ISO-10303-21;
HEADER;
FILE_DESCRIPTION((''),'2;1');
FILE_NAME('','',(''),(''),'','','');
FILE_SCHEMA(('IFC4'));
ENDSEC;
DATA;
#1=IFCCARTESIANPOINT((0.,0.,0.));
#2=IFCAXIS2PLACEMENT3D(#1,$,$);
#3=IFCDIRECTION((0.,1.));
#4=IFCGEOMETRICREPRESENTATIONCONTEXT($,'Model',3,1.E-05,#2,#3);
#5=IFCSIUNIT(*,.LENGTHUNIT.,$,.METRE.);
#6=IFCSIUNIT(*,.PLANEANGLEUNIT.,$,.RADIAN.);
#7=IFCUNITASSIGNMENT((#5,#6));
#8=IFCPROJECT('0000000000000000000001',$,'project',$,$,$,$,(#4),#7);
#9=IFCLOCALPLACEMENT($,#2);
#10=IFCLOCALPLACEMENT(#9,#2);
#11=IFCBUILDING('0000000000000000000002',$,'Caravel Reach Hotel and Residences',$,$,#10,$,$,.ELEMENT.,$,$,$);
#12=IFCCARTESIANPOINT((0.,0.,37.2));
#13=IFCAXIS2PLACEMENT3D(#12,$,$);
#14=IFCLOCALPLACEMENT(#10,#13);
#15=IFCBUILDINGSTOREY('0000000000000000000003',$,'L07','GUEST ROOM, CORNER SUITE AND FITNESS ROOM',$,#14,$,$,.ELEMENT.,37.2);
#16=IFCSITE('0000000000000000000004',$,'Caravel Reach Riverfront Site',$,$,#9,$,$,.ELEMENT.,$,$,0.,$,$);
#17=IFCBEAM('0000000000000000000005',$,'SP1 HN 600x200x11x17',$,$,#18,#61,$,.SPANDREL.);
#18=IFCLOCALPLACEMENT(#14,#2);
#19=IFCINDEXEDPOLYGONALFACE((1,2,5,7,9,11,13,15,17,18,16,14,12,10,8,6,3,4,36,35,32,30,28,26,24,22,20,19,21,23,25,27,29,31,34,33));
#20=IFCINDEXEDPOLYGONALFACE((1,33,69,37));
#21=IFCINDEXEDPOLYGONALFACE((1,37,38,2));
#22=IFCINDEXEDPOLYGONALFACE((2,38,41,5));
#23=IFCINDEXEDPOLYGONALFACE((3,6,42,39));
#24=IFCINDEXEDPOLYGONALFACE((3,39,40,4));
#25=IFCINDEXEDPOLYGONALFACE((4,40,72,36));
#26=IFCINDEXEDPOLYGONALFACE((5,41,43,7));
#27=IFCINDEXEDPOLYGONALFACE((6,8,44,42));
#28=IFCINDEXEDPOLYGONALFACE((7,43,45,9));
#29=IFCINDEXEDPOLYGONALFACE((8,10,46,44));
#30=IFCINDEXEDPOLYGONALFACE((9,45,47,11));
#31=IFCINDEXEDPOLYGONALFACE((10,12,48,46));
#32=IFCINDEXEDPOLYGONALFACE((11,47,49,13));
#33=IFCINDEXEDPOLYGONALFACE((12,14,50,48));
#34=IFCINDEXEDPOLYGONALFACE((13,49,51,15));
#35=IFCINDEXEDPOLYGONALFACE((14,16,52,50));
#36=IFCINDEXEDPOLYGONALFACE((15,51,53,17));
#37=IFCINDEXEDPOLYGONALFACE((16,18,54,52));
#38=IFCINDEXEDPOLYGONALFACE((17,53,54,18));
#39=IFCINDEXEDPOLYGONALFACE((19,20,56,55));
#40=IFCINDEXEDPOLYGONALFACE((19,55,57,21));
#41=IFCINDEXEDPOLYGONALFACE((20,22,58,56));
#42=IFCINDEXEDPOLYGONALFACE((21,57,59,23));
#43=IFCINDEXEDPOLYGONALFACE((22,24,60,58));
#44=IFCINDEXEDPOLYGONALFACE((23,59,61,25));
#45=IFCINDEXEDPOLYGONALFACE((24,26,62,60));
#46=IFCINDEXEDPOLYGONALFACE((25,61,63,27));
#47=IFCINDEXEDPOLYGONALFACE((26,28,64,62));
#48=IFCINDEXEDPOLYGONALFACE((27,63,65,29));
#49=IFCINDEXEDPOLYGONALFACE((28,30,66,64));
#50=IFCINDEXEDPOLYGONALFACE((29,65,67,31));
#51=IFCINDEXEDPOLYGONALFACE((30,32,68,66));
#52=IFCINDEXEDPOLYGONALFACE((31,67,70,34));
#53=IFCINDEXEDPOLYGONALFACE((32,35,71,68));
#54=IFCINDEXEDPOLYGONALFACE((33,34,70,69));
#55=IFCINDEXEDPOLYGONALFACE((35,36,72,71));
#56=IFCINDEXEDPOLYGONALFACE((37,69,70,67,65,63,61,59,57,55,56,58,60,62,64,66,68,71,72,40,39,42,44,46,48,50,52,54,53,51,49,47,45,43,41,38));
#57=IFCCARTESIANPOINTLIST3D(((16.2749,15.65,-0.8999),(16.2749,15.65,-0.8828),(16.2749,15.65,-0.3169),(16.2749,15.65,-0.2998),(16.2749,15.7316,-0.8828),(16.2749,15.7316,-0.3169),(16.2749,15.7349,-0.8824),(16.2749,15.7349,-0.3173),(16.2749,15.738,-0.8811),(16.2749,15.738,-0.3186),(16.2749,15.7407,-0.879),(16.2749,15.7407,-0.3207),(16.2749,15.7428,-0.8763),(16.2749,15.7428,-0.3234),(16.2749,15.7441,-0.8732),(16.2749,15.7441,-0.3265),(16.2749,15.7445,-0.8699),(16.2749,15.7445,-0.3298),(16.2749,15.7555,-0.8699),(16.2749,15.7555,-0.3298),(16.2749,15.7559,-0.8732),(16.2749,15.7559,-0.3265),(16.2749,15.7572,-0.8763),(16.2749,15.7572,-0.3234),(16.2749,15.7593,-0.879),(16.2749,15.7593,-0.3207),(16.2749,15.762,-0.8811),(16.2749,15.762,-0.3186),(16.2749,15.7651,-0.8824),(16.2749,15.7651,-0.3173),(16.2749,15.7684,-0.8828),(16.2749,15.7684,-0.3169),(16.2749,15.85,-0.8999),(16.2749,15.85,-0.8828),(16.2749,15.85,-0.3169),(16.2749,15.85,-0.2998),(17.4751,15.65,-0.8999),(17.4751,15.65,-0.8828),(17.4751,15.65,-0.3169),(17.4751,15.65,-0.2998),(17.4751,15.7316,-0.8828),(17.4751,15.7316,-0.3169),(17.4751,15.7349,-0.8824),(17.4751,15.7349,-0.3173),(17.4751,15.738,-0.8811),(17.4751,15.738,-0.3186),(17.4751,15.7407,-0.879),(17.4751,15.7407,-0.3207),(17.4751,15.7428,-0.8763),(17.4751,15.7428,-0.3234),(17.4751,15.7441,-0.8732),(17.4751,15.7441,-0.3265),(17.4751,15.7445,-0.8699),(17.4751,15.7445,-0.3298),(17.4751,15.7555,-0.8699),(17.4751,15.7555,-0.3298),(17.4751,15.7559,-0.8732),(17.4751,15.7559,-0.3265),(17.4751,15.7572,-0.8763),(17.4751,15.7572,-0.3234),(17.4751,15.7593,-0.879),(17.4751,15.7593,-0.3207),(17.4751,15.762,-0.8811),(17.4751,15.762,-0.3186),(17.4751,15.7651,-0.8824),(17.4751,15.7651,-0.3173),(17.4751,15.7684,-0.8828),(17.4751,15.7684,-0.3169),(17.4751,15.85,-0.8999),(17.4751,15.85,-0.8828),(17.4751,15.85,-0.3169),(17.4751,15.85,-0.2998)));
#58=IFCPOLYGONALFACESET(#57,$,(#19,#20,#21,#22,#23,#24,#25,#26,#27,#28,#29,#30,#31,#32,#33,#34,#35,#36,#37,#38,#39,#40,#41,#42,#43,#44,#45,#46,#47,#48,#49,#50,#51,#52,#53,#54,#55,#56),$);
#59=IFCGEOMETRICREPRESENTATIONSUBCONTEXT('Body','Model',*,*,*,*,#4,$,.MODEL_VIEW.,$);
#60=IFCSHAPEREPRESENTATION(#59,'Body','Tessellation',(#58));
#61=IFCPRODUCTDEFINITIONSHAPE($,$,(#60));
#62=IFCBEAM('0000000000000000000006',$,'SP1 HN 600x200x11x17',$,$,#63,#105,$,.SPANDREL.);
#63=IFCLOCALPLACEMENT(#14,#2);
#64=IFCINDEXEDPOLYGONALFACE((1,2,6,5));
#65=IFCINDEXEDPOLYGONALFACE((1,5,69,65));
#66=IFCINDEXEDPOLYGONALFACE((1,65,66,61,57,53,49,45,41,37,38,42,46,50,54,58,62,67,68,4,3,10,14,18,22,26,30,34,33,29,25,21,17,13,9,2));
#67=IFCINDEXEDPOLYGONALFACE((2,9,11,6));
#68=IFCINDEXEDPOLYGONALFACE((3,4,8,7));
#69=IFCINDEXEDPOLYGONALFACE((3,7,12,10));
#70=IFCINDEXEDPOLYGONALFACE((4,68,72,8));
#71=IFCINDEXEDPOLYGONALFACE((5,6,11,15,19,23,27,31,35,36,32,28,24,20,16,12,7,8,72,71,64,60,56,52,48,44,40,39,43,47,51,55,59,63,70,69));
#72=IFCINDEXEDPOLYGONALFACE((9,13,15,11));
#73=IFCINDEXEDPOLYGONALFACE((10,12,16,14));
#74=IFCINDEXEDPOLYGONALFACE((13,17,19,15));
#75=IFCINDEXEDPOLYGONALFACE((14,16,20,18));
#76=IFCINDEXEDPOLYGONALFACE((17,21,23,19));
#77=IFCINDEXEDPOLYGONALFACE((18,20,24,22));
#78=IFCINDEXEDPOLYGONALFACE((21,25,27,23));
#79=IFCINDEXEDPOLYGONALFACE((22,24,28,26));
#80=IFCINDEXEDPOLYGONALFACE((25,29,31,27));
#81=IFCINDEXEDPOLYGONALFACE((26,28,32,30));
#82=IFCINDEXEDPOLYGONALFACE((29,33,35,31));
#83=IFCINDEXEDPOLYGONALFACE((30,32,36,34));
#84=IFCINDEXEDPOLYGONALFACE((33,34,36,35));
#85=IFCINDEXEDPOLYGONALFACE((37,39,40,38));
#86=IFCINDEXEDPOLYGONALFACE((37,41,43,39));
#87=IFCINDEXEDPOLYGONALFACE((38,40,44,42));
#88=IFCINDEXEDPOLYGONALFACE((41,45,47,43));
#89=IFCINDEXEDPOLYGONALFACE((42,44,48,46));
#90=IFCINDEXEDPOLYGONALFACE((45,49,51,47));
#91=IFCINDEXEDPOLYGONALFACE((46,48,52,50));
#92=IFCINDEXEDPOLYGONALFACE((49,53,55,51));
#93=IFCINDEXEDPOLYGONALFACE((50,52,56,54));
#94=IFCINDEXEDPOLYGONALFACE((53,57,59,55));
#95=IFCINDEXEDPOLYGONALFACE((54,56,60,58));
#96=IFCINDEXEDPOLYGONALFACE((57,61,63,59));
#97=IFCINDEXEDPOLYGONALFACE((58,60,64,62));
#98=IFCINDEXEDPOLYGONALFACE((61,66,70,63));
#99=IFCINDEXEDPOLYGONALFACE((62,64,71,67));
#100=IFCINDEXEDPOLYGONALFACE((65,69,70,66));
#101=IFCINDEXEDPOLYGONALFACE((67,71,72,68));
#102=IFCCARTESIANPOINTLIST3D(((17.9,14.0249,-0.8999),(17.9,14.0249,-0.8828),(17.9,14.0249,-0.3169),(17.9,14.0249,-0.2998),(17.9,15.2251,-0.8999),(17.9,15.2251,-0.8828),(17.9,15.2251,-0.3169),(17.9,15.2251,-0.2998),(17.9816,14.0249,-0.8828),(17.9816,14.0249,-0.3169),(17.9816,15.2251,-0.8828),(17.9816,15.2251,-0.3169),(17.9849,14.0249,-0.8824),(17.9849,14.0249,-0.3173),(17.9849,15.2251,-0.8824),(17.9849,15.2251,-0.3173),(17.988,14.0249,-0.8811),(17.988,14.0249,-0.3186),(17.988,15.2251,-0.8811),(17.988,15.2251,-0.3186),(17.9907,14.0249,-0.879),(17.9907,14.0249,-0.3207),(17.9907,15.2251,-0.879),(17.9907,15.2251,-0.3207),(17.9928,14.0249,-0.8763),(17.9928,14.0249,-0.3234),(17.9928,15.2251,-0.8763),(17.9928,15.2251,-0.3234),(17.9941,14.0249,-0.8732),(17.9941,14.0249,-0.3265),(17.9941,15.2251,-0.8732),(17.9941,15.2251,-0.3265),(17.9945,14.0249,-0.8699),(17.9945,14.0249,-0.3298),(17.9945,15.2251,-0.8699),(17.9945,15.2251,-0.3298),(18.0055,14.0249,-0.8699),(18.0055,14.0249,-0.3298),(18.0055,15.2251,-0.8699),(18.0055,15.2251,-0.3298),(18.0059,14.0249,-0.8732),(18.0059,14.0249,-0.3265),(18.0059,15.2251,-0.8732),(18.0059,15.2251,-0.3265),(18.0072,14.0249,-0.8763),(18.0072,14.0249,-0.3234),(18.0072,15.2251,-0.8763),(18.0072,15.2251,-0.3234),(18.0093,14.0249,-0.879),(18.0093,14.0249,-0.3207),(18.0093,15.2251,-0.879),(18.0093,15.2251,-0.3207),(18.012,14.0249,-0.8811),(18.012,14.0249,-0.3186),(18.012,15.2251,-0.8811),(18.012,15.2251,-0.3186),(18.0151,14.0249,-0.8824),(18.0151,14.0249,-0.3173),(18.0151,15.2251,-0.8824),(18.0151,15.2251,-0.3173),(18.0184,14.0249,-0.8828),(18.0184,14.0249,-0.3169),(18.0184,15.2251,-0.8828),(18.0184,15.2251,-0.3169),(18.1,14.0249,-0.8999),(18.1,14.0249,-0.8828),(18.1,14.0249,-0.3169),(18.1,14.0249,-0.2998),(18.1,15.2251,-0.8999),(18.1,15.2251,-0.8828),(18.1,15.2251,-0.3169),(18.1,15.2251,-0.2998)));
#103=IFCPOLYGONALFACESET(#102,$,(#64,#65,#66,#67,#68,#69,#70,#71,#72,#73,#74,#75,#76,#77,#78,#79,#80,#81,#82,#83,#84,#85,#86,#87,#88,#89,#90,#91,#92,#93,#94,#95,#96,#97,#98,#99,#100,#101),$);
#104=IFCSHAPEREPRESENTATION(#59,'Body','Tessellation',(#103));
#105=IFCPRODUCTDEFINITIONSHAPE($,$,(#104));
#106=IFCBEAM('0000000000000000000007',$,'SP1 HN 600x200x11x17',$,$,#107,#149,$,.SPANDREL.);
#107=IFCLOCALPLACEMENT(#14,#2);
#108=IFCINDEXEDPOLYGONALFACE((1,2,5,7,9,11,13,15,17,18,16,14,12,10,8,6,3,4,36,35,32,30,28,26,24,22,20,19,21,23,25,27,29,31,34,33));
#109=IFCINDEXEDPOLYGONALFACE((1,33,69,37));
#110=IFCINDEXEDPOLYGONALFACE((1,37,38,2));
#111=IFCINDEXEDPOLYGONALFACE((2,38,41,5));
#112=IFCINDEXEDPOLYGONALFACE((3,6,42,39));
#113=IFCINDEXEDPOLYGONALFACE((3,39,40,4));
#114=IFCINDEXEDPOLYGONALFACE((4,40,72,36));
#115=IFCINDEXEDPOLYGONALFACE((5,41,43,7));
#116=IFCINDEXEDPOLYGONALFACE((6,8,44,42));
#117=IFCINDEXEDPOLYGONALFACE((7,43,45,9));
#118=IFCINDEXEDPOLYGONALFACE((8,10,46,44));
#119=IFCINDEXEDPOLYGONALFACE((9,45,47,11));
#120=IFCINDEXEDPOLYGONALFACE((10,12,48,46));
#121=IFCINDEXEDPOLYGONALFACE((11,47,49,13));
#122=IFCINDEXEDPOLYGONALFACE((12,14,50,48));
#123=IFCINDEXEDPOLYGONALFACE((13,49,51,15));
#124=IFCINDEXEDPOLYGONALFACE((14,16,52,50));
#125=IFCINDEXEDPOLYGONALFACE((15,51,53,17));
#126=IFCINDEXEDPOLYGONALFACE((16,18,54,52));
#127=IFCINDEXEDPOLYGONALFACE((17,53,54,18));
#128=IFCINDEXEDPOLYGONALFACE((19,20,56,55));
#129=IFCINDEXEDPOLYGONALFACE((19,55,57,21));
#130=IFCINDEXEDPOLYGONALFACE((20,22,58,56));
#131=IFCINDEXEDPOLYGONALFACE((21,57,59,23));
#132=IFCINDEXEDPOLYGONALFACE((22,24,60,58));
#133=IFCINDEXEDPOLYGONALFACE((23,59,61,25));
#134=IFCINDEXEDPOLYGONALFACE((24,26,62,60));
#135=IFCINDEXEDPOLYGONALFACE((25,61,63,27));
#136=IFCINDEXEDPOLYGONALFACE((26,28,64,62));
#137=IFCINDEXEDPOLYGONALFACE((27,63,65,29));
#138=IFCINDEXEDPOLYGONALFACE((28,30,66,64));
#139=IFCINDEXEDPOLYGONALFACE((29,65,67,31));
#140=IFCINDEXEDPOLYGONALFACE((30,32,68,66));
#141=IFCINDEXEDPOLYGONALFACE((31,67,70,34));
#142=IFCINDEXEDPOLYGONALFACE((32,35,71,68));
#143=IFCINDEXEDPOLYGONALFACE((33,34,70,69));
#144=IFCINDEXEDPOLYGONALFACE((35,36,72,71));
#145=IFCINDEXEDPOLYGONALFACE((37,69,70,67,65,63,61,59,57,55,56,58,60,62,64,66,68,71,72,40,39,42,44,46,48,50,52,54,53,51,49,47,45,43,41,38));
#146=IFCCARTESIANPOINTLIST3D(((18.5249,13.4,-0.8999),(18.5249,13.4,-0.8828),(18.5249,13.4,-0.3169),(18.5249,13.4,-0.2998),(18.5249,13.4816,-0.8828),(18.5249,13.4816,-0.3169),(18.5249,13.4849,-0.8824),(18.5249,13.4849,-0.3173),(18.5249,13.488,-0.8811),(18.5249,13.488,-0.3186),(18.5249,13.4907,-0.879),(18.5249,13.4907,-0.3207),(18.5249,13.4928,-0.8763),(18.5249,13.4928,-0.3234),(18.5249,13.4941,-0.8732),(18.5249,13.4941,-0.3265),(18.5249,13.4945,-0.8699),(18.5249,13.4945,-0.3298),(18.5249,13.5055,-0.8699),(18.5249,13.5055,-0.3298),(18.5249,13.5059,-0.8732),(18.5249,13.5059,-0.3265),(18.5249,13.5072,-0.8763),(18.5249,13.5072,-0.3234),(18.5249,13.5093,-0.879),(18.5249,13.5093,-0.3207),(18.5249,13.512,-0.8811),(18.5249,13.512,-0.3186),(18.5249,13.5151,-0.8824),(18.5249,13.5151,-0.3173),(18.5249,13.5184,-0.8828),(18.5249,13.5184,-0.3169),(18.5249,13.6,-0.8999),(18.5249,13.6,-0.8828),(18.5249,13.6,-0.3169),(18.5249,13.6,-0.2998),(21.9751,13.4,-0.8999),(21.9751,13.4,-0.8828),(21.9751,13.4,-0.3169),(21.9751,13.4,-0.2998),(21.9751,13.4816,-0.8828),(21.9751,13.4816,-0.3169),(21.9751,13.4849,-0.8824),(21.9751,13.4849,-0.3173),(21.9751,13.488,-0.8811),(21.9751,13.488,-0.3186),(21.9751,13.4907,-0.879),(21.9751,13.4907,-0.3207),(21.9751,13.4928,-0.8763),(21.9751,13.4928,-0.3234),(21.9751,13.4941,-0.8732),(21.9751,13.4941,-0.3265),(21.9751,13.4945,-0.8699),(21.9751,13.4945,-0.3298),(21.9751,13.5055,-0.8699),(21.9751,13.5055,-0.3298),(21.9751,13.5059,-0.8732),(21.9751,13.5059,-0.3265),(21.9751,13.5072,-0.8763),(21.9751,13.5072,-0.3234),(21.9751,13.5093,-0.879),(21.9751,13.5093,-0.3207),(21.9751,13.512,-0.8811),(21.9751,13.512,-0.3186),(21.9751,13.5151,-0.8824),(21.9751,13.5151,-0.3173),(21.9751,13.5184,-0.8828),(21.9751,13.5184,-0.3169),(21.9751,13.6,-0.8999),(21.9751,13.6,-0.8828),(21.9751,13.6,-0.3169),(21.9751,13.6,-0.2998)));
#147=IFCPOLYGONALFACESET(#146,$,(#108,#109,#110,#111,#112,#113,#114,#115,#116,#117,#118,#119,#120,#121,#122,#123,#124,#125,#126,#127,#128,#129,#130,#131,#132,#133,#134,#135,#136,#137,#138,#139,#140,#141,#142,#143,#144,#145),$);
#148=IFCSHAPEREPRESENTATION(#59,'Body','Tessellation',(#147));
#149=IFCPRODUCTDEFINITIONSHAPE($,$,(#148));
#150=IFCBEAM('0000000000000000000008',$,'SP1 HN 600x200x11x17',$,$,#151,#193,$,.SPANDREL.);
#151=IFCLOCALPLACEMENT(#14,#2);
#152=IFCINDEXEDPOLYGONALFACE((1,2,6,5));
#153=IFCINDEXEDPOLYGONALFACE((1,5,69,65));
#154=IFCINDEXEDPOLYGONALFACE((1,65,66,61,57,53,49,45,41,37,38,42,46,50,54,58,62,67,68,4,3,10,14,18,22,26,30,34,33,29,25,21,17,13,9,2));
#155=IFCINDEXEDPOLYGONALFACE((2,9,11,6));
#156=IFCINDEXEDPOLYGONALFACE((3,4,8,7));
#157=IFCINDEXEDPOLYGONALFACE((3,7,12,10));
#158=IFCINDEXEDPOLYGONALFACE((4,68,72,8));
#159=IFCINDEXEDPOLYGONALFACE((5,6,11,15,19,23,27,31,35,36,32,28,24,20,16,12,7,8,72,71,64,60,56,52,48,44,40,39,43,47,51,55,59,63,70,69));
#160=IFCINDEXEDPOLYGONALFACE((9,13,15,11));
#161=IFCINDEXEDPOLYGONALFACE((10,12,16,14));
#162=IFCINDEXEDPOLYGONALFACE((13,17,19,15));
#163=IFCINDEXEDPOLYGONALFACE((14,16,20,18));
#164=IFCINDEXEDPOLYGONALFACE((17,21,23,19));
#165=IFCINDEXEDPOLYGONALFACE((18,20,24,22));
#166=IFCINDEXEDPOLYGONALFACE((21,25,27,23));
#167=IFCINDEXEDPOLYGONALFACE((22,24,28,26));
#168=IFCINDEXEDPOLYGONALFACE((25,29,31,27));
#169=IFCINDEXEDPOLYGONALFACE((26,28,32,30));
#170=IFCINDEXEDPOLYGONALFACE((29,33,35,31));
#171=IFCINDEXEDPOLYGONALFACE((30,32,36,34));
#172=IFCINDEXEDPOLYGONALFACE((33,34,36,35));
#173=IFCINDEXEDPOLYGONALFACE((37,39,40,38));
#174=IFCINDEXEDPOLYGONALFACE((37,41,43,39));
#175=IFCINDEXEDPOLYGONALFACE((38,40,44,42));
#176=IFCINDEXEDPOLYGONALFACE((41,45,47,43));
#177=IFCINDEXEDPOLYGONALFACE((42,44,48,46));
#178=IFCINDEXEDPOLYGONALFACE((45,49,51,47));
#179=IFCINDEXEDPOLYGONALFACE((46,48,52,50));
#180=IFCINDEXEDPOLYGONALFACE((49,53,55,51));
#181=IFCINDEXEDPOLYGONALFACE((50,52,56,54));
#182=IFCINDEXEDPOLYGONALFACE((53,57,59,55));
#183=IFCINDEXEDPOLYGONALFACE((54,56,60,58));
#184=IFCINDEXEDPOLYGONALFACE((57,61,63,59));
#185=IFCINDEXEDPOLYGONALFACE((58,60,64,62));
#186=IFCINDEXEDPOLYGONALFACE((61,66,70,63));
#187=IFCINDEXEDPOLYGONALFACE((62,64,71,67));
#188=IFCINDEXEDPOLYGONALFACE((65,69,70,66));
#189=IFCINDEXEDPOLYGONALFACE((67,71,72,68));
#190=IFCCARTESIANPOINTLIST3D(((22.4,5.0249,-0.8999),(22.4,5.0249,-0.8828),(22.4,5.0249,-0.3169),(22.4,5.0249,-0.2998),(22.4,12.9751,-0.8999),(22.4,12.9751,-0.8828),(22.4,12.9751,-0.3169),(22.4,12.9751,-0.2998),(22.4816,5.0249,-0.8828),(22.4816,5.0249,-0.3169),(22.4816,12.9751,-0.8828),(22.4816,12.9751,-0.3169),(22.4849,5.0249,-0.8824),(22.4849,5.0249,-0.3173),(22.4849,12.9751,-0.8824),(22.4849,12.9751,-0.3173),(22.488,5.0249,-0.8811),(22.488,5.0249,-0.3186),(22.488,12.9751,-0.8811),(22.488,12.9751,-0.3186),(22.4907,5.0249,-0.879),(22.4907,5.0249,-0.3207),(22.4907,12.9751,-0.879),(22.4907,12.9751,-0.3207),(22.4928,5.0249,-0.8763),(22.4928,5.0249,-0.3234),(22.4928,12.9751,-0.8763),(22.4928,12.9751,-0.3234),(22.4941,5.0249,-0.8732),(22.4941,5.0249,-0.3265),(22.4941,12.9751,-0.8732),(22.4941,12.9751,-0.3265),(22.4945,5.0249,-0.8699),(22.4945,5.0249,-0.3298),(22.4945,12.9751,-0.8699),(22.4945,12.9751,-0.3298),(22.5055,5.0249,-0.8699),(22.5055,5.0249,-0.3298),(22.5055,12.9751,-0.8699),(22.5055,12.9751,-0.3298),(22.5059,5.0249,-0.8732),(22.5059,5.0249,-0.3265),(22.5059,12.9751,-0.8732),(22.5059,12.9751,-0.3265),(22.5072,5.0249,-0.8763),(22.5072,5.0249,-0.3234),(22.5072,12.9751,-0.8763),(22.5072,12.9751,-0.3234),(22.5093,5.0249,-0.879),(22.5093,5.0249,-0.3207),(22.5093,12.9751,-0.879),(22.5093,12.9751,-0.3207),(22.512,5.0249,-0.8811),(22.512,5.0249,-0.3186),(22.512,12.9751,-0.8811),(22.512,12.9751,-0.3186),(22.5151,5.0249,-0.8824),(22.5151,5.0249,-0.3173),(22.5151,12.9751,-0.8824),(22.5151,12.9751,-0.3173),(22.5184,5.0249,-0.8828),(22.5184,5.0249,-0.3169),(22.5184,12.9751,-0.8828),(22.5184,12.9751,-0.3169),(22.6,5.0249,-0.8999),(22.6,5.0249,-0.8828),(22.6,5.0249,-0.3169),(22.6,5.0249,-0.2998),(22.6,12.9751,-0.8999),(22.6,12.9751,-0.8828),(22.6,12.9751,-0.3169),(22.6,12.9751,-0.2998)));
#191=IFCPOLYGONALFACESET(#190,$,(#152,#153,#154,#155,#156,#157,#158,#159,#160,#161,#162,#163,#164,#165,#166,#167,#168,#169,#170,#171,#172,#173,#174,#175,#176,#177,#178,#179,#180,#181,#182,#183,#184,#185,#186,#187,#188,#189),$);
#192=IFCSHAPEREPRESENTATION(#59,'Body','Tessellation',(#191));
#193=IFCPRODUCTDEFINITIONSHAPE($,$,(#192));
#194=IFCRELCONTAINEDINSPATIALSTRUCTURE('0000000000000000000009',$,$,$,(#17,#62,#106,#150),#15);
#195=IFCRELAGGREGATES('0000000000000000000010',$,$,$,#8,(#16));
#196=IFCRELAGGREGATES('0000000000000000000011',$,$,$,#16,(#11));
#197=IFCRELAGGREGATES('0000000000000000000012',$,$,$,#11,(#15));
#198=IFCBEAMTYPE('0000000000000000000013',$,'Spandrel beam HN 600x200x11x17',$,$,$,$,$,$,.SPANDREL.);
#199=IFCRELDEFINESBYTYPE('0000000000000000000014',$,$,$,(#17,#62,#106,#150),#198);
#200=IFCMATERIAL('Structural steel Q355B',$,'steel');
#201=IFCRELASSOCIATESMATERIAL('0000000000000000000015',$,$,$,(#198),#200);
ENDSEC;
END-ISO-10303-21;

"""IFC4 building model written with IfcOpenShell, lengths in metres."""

from ifc_helpers import new_model, si_unit, direction, frame, origin, origin_2d, place, context, subcontext, project, spatial, i_section, extrude, material, material_profile, profile_set, type_object, element, save


model = new_model("IFC4")

# Units and contexts
model_context = context("Model", 3, precision=1e-05, world=origin(), true_north=direction((0.0, 1.0)))
body_context = subcontext(model_context, "Body", "Model", "MODEL_VIEW")
ifc_project = project(units=[si_unit("LENGTHUNIT", "METRE"), si_unit("PLANEANGLEUNIT", "RADIAN")], contexts=[model_context])

# Site, building, storey
site_placement = place(None, origin())
site = spatial("IfcSite", under=ifc_project, at=site_placement, Name="Caravel Reach Riverfront Site", CompositionType="ELEMENT", RefElevation=0.0)
building_placement = place(site_placement, origin())
building = spatial("IfcBuilding", under=site, at=building_placement, Name="Caravel Reach Hotel and Residences", CompositionType="ELEMENT")
storey_placement = place(building_placement, frame((0.0, 0.0, 37.2)))
storey = spatial("IfcBuildingStorey", under=building, at=storey_placement, Name="L07", Description="GUEST ROOM, CORNER SUITE AND FITNESS ROOM", CompositionType="ELEMENT", Elevation=37.2)

# Beams
ifc_material_1 = material(Name="Structural steel Q355B", Category="steel")
ifc_material_profile_1 = material_profile(ifc_material_1, i_section(OverallWidth=0.2, OverallDepth=0.6001, WebThickness=0.011, FlangeThickness=0.0171, FilletRadius=0.0129, at=origin_2d()), Name="HN 600x200x11x17")
ifc_profile_set_1 = profile_set([ifc_material_profile_1], Name="Structural steel Q355B")
beam_type_1 = type_object("IfcBeamType", Name="Spandrel beam HN 600x200x11x17", PredefinedType="SPANDREL", material=ifc_profile_set_1)
for number, where, z_axis, x_axis, name in (
    (1, (16.2749, 15.75, -0.5999), (1.0, 0.0, 0.0), (0.0, 1.0, 0.0), "SP1 HN 600x200x11x17"),
    (2, (18.0, 15.2251, -0.5999), (0.0, -1.0, 0.0), (1.0, 0.0, 0.0), "SP1 HN 600x200x11x17"),
):
    element("IfcBeam", number, at=place(storey_placement, frame(where, z_axis=z_axis, x_axis=x_axis)), inside=storey, type_object=beam_type_1, Name=name, PredefinedType="SPANDREL", context=body_context, shape_type="SweptSolid", body=[
        extrude(i_section(OverallWidth=0.2, OverallDepth=0.6001, WebThickness=0.011, FlangeThickness=0.0171, FilletRadius=0.0129, at=origin_2d()), origin(), (0.0, 0.0, 1.0), 1.2002),
    ])
beam_1_placement = place(storey_placement, frame((18.5249, 13.5, -0.5999), z_axis=(1.0, 0.0, 0.0), x_axis=(0.0, 1.0, 0.0)))
element("IfcBeam", 3, at=beam_1_placement, inside=storey, type_object=beam_type_1, Name="SP1 HN 600x200x11x17", PredefinedType="SPANDREL", context=body_context, shape_type="SweptSolid", body=[
    extrude(i_section(OverallWidth=0.2, OverallDepth=0.6001, WebThickness=0.011, FlangeThickness=0.0171, FilletRadius=0.0129, at=origin_2d()), origin(), (0.0, 0.0, 1.0), 3.4502),
])
beam_2_placement = place(storey_placement, frame((22.5, 12.9751, -0.5999), z_axis=(0.0, -1.0, 0.0), x_axis=(1.0, 0.0, 0.0)))
element("IfcBeam", 4, at=beam_2_placement, inside=storey, type_object=beam_type_1, Name="SP1 HN 600x200x11x17", PredefinedType="SPANDREL", context=body_context, shape_type="SweptSolid", body=[
    extrude(i_section(OverallWidth=0.2, OverallDepth=0.6001, WebThickness=0.011, FlangeThickness=0.0171, FilletRadius=0.0129, at=origin_2d()), origin(), (0.0, 0.0, 1.0), 7.9502),
])

save(model, "model.ifc")
